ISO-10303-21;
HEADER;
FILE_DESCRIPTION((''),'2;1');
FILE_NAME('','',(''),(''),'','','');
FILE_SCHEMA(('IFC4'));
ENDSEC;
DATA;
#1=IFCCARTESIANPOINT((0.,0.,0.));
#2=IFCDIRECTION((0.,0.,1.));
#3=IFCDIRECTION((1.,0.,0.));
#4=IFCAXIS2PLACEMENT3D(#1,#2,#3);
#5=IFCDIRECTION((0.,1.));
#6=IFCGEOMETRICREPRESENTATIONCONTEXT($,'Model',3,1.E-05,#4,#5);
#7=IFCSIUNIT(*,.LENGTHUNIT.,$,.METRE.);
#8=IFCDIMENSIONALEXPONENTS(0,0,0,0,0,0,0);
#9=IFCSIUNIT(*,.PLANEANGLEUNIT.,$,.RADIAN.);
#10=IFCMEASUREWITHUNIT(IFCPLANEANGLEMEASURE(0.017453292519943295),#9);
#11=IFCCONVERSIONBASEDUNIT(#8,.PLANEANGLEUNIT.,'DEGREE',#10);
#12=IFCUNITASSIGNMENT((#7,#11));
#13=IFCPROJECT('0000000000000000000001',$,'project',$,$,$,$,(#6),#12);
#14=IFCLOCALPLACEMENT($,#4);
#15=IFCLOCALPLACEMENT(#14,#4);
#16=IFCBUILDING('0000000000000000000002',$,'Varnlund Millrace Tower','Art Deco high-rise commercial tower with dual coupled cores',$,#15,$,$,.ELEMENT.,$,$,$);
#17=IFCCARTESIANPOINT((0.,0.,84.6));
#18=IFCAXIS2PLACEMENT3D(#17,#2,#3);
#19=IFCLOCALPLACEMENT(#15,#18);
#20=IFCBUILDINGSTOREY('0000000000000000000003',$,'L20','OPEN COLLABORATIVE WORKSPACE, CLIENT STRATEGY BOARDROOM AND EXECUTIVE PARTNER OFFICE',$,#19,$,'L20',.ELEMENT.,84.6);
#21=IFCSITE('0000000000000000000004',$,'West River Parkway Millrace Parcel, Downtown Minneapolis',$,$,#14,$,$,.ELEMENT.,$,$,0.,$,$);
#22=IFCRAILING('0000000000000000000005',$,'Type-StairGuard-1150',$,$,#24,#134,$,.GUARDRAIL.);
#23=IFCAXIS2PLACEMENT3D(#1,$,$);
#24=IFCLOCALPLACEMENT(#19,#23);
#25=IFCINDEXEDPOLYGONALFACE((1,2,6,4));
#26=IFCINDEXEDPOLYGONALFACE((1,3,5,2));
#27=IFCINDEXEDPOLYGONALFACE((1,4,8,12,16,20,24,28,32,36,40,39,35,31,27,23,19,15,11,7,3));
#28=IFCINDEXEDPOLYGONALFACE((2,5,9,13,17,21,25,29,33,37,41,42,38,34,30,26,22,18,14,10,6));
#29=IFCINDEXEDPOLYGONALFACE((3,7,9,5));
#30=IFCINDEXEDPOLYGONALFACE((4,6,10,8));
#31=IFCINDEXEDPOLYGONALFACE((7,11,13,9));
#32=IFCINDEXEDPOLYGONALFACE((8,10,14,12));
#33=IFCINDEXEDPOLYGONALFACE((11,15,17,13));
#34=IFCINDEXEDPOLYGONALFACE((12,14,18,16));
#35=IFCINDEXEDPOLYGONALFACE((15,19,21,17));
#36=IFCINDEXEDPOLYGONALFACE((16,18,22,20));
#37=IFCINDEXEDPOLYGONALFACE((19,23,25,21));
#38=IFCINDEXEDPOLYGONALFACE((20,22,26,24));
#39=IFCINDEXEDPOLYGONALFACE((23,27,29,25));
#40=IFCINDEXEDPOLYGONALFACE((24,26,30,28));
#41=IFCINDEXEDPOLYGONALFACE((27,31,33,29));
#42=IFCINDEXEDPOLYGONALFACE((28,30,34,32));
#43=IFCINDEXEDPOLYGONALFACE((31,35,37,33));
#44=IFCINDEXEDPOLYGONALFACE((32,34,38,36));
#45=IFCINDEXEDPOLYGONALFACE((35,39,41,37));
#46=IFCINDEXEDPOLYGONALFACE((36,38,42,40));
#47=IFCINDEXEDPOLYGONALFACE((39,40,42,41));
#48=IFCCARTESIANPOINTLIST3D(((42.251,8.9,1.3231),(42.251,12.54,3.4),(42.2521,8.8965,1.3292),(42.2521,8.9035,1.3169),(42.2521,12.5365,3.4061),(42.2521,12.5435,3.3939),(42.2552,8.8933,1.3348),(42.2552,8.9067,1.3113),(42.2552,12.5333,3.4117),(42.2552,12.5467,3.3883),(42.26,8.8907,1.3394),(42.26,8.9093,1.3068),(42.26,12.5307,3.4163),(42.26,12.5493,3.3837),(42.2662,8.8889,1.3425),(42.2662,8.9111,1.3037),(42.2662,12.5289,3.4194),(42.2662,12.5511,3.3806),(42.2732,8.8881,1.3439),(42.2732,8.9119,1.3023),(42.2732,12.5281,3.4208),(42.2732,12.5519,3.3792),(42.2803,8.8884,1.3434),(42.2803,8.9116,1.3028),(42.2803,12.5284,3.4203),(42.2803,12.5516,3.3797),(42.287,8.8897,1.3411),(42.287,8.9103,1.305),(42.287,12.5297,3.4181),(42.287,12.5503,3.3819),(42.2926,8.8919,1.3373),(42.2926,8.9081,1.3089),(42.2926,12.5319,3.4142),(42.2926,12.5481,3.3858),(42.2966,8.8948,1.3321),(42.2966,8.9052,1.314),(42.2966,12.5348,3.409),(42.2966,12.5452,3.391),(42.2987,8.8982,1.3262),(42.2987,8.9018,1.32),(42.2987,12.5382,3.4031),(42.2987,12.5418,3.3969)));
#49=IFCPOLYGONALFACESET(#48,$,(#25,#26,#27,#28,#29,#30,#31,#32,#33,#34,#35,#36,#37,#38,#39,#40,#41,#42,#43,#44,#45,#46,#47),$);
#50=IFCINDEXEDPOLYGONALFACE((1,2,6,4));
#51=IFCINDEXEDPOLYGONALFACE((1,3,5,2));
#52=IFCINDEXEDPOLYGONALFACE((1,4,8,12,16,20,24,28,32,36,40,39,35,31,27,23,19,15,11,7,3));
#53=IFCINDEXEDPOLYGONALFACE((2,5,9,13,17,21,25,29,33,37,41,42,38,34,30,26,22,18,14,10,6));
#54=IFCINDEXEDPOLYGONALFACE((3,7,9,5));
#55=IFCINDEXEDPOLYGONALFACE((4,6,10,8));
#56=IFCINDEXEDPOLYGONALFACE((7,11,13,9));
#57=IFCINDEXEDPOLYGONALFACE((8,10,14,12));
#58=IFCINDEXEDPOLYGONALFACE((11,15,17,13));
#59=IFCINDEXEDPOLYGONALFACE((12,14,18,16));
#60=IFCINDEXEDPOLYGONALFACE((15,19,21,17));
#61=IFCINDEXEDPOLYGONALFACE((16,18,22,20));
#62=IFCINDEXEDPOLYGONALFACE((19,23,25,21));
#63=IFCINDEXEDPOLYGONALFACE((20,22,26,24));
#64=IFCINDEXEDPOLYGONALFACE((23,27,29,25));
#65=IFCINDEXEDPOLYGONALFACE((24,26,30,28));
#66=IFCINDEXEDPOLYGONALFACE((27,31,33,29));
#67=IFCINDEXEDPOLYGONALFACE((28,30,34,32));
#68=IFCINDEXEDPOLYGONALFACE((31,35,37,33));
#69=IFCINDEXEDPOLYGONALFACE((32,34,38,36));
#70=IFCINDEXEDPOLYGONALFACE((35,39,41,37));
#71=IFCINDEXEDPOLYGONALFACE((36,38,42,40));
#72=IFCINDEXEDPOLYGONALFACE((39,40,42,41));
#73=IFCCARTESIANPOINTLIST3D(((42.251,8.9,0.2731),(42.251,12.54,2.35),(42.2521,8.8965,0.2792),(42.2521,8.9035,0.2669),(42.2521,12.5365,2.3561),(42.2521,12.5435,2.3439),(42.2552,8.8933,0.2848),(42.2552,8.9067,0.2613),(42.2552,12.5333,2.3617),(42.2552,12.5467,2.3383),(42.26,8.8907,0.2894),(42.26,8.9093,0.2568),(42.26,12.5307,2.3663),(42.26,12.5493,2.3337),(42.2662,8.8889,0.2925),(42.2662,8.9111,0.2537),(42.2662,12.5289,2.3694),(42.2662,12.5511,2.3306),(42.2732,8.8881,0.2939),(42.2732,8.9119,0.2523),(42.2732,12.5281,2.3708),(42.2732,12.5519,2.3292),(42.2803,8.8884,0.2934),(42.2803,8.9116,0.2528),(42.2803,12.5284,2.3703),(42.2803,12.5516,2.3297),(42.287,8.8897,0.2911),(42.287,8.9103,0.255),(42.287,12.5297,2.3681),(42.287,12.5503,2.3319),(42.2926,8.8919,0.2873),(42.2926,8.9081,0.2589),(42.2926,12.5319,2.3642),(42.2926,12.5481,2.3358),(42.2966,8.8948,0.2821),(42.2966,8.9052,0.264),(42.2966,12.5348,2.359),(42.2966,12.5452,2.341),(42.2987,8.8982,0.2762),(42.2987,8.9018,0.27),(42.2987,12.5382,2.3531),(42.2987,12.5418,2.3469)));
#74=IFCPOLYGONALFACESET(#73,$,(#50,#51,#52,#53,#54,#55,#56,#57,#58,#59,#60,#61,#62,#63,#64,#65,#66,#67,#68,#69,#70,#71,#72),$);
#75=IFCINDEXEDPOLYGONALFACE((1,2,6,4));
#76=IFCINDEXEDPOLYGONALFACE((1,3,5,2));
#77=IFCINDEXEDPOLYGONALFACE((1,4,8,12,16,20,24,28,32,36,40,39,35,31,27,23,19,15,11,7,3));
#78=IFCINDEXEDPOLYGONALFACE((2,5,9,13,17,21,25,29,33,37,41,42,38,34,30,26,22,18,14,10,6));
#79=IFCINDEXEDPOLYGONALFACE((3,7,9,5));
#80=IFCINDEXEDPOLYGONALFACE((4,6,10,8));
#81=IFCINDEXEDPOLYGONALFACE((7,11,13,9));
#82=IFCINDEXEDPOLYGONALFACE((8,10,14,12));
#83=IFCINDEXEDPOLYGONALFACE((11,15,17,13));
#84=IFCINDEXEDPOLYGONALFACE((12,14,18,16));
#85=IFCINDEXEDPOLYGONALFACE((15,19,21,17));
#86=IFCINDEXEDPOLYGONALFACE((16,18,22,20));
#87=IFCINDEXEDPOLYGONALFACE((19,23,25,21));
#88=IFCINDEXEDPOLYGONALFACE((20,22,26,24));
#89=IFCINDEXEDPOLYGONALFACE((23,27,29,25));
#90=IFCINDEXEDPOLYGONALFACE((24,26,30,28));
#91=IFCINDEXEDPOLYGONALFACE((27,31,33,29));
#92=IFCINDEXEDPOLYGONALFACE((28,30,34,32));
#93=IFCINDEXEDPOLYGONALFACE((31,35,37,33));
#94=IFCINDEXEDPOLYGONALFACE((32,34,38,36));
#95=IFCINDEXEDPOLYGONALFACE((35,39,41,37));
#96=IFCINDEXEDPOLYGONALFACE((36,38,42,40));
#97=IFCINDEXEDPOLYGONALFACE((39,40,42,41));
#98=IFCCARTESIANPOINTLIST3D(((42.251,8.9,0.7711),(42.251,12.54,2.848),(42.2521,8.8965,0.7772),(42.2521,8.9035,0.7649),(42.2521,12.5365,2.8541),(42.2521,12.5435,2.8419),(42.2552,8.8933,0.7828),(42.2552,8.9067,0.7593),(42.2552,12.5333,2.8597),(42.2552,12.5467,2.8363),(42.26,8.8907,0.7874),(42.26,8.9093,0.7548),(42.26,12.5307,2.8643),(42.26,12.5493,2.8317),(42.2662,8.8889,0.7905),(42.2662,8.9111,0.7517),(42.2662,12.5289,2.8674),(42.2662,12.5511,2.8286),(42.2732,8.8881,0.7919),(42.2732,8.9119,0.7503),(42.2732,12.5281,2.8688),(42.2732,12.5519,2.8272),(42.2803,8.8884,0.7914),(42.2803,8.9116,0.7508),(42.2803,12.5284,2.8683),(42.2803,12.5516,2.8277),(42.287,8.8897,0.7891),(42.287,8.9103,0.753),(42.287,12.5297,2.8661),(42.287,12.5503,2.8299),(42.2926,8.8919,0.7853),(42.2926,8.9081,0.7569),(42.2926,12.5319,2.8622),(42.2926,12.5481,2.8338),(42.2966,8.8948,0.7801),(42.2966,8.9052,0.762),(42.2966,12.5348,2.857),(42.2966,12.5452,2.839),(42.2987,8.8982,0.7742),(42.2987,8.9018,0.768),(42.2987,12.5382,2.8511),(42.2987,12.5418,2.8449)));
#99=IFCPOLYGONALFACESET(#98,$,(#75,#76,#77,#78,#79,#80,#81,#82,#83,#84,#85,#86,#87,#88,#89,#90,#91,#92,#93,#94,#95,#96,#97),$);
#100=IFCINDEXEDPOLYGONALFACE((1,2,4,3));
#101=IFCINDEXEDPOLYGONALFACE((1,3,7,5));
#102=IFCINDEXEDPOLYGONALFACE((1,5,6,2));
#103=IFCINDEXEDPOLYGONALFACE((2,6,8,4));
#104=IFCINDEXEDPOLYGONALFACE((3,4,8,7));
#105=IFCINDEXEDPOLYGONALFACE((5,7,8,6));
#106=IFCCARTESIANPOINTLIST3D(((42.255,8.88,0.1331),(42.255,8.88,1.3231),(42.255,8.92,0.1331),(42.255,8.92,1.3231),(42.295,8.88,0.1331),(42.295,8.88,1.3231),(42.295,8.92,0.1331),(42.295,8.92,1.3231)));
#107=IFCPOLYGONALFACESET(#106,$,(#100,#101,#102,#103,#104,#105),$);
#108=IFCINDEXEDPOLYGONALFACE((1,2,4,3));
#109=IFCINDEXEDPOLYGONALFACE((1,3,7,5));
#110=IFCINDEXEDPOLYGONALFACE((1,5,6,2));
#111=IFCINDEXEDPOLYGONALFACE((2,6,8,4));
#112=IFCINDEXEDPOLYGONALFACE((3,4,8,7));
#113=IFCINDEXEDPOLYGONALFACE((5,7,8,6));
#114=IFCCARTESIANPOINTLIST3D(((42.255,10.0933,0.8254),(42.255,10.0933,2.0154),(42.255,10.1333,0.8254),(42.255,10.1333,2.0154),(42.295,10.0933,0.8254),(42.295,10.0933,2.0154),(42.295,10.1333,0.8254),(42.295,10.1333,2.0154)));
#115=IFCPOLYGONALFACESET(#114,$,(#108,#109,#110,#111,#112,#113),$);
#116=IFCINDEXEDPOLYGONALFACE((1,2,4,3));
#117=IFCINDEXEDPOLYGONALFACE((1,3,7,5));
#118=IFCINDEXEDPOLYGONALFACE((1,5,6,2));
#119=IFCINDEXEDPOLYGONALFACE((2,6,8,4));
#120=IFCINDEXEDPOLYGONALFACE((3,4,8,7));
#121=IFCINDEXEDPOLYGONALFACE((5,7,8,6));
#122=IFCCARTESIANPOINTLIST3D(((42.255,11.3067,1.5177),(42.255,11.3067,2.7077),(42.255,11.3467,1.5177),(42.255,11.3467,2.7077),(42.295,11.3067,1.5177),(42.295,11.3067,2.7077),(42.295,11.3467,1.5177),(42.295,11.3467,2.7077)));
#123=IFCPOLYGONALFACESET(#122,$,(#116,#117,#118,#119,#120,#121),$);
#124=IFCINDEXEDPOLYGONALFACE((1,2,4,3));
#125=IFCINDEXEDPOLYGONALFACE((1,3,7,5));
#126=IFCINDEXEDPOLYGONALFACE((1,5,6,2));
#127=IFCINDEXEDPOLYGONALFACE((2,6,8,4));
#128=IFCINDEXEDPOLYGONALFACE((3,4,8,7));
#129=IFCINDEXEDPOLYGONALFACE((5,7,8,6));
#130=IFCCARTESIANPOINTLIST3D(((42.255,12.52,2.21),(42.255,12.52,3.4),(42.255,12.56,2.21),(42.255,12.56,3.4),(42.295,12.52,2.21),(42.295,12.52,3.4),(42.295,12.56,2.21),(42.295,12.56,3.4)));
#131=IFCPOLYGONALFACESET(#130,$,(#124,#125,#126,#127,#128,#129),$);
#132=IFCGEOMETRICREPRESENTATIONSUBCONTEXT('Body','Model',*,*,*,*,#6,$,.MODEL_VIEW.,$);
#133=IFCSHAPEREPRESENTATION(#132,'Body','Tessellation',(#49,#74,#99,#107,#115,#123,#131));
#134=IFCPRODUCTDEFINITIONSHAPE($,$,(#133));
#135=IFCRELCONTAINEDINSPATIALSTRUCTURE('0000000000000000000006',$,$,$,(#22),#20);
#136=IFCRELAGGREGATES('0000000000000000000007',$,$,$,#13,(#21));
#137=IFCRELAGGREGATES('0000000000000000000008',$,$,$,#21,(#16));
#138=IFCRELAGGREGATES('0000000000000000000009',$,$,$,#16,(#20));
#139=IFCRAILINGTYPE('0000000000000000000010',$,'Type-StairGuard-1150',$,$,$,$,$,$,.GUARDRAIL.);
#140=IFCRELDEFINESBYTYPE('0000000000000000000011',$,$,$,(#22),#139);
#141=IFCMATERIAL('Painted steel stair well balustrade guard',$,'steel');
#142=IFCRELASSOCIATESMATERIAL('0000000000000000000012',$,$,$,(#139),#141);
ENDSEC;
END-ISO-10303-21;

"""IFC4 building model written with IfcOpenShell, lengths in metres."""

from ifc_helpers import new_model, entity, si_unit, converted_unit, direction, frame, origin_with_axes, origin_2d_with_axis, place, context, subcontext, project, spatial, rectangle, circle, extrude, material, type_object, element, save


model = new_model("IFC4")

# Units and contexts
model_context = context("Model", 3, precision=1e-05, world=origin_with_axes(), true_north=direction((0.0, 1.0)))
body_context = subcontext(model_context, "Body", "Model", "MODEL_VIEW")
ifc_project = project(units=[si_unit("LENGTHUNIT", "METRE"), converted_unit("PLANEANGLEUNIT", "DEGREE", entity("IfcPlaneAngleMeasure", 0.017453292519943295), si_unit("PLANEANGLEUNIT", "RADIAN"), dimensions=[0, 0, 0, 0, 0, 0, 0])], contexts=[model_context])

# Site, building, storey
site_placement = place(None, origin_with_axes())
site = spatial("IfcSite", under=ifc_project, at=site_placement, Name="West River Parkway Millrace Parcel, Downtown Minneapolis", CompositionType="ELEMENT", RefElevation=0.0)
building_placement = place(site_placement, origin_with_axes())
building = spatial("IfcBuilding", under=site, at=building_placement, Name="Varnlund Millrace Tower", Description="Art Deco high-rise commercial tower with dual coupled cores", CompositionType="ELEMENT")
storey_placement = place(building_placement, frame((0.0, 0.0, 84.6), z_axis=(0.0, 0.0, 1.0), x_axis=(1.0, 0.0, 0.0)))
storey = spatial("IfcBuildingStorey", under=building, at=storey_placement, Name="L20", Description="OPEN COLLABORATIVE WORKSPACE, CLIENT STRATEGY BOARDROOM AND EXECUTIVE PARTNER OFFICE", LongName="L20", CompositionType="ELEMENT", Elevation=84.6)

# Railing
ifc_material_1 = material(Name="Painted steel stair well balustrade guard", Category="steel")
railing_type_1 = type_object("IfcRailingType", Name="Type-StairGuard-1150", PredefinedType="GUARDRAIL", material=ifc_material_1)
railing_1_placement = place(storey_placement, frame((0.0, 0.0, -84.6), z_axis=(0.0, 0.0, 1.0), x_axis=(1.0, 0.0, 0.0)))
element("IfcRailing", 1, at=railing_1_placement, inside=storey, type_object=railing_type_1, Name="Type-StairGuard-1150", PredefinedType="GUARDRAIL", context=body_context, shape_type="SweptSolid", body=[
    extrude(circle(Radius=0.024, at=origin_2d_with_axis()), frame((42.275, 8.9, 85.9231), z_axis=(0.0, 0.868559, 0.495585), x_axis=(-1.0, 0.0, 0.0)), (0.0, 0.0, 1.0), 4.1908),
    extrude(circle(Radius=0.024, at=origin_2d_with_axis()), frame((42.275, 8.9, 84.8731), z_axis=(0.0, 0.868559, 0.495585), x_axis=(-1.0, 0.0, 0.0)), (0.0, 0.0, 1.0), 4.1908),
    extrude(circle(Radius=0.024, at=origin_2d_with_axis()), frame((42.275, 8.9, 85.3711), z_axis=(0.0, 0.868559, 0.495585), x_axis=(-1.0, 0.0, 0.0)), (0.0, 0.0, 1.0), 4.1908),
    extrude(rectangle(XDim=0.04, YDim=0.04, at=origin_2d_with_axis()), frame((42.275, 8.9, 84.7331), z_axis=(0.0, 0.0, 1.0), x_axis=(1.0, 0.0, 0.0)), (0.0, 0.0, 1.0), 1.19),
    extrude(rectangle(XDim=0.04, YDim=0.04, at=origin_2d_with_axis()), frame((42.275, 10.1133, 85.4254), z_axis=(0.0, 0.0, 1.0), x_axis=(1.0, 0.0, 0.0)), (0.0, 0.0, 1.0), 1.19),
    extrude(rectangle(XDim=0.04, YDim=0.04, at=origin_2d_with_axis()), frame((42.275, 11.3267, 86.1177), z_axis=(0.0, 0.0, 1.0), x_axis=(1.0, 0.0, 0.0)), (0.0, 0.0, 1.0), 1.19),
    extrude(rectangle(XDim=0.04, YDim=0.04, at=origin_2d_with_axis()), frame((42.275, 12.54, 86.81), z_axis=(0.0, 0.0, 1.0), x_axis=(1.0, 0.0, 0.0)), (0.0, 0.0, 1.0), 1.19),
])

save(model, "model.ifc")
